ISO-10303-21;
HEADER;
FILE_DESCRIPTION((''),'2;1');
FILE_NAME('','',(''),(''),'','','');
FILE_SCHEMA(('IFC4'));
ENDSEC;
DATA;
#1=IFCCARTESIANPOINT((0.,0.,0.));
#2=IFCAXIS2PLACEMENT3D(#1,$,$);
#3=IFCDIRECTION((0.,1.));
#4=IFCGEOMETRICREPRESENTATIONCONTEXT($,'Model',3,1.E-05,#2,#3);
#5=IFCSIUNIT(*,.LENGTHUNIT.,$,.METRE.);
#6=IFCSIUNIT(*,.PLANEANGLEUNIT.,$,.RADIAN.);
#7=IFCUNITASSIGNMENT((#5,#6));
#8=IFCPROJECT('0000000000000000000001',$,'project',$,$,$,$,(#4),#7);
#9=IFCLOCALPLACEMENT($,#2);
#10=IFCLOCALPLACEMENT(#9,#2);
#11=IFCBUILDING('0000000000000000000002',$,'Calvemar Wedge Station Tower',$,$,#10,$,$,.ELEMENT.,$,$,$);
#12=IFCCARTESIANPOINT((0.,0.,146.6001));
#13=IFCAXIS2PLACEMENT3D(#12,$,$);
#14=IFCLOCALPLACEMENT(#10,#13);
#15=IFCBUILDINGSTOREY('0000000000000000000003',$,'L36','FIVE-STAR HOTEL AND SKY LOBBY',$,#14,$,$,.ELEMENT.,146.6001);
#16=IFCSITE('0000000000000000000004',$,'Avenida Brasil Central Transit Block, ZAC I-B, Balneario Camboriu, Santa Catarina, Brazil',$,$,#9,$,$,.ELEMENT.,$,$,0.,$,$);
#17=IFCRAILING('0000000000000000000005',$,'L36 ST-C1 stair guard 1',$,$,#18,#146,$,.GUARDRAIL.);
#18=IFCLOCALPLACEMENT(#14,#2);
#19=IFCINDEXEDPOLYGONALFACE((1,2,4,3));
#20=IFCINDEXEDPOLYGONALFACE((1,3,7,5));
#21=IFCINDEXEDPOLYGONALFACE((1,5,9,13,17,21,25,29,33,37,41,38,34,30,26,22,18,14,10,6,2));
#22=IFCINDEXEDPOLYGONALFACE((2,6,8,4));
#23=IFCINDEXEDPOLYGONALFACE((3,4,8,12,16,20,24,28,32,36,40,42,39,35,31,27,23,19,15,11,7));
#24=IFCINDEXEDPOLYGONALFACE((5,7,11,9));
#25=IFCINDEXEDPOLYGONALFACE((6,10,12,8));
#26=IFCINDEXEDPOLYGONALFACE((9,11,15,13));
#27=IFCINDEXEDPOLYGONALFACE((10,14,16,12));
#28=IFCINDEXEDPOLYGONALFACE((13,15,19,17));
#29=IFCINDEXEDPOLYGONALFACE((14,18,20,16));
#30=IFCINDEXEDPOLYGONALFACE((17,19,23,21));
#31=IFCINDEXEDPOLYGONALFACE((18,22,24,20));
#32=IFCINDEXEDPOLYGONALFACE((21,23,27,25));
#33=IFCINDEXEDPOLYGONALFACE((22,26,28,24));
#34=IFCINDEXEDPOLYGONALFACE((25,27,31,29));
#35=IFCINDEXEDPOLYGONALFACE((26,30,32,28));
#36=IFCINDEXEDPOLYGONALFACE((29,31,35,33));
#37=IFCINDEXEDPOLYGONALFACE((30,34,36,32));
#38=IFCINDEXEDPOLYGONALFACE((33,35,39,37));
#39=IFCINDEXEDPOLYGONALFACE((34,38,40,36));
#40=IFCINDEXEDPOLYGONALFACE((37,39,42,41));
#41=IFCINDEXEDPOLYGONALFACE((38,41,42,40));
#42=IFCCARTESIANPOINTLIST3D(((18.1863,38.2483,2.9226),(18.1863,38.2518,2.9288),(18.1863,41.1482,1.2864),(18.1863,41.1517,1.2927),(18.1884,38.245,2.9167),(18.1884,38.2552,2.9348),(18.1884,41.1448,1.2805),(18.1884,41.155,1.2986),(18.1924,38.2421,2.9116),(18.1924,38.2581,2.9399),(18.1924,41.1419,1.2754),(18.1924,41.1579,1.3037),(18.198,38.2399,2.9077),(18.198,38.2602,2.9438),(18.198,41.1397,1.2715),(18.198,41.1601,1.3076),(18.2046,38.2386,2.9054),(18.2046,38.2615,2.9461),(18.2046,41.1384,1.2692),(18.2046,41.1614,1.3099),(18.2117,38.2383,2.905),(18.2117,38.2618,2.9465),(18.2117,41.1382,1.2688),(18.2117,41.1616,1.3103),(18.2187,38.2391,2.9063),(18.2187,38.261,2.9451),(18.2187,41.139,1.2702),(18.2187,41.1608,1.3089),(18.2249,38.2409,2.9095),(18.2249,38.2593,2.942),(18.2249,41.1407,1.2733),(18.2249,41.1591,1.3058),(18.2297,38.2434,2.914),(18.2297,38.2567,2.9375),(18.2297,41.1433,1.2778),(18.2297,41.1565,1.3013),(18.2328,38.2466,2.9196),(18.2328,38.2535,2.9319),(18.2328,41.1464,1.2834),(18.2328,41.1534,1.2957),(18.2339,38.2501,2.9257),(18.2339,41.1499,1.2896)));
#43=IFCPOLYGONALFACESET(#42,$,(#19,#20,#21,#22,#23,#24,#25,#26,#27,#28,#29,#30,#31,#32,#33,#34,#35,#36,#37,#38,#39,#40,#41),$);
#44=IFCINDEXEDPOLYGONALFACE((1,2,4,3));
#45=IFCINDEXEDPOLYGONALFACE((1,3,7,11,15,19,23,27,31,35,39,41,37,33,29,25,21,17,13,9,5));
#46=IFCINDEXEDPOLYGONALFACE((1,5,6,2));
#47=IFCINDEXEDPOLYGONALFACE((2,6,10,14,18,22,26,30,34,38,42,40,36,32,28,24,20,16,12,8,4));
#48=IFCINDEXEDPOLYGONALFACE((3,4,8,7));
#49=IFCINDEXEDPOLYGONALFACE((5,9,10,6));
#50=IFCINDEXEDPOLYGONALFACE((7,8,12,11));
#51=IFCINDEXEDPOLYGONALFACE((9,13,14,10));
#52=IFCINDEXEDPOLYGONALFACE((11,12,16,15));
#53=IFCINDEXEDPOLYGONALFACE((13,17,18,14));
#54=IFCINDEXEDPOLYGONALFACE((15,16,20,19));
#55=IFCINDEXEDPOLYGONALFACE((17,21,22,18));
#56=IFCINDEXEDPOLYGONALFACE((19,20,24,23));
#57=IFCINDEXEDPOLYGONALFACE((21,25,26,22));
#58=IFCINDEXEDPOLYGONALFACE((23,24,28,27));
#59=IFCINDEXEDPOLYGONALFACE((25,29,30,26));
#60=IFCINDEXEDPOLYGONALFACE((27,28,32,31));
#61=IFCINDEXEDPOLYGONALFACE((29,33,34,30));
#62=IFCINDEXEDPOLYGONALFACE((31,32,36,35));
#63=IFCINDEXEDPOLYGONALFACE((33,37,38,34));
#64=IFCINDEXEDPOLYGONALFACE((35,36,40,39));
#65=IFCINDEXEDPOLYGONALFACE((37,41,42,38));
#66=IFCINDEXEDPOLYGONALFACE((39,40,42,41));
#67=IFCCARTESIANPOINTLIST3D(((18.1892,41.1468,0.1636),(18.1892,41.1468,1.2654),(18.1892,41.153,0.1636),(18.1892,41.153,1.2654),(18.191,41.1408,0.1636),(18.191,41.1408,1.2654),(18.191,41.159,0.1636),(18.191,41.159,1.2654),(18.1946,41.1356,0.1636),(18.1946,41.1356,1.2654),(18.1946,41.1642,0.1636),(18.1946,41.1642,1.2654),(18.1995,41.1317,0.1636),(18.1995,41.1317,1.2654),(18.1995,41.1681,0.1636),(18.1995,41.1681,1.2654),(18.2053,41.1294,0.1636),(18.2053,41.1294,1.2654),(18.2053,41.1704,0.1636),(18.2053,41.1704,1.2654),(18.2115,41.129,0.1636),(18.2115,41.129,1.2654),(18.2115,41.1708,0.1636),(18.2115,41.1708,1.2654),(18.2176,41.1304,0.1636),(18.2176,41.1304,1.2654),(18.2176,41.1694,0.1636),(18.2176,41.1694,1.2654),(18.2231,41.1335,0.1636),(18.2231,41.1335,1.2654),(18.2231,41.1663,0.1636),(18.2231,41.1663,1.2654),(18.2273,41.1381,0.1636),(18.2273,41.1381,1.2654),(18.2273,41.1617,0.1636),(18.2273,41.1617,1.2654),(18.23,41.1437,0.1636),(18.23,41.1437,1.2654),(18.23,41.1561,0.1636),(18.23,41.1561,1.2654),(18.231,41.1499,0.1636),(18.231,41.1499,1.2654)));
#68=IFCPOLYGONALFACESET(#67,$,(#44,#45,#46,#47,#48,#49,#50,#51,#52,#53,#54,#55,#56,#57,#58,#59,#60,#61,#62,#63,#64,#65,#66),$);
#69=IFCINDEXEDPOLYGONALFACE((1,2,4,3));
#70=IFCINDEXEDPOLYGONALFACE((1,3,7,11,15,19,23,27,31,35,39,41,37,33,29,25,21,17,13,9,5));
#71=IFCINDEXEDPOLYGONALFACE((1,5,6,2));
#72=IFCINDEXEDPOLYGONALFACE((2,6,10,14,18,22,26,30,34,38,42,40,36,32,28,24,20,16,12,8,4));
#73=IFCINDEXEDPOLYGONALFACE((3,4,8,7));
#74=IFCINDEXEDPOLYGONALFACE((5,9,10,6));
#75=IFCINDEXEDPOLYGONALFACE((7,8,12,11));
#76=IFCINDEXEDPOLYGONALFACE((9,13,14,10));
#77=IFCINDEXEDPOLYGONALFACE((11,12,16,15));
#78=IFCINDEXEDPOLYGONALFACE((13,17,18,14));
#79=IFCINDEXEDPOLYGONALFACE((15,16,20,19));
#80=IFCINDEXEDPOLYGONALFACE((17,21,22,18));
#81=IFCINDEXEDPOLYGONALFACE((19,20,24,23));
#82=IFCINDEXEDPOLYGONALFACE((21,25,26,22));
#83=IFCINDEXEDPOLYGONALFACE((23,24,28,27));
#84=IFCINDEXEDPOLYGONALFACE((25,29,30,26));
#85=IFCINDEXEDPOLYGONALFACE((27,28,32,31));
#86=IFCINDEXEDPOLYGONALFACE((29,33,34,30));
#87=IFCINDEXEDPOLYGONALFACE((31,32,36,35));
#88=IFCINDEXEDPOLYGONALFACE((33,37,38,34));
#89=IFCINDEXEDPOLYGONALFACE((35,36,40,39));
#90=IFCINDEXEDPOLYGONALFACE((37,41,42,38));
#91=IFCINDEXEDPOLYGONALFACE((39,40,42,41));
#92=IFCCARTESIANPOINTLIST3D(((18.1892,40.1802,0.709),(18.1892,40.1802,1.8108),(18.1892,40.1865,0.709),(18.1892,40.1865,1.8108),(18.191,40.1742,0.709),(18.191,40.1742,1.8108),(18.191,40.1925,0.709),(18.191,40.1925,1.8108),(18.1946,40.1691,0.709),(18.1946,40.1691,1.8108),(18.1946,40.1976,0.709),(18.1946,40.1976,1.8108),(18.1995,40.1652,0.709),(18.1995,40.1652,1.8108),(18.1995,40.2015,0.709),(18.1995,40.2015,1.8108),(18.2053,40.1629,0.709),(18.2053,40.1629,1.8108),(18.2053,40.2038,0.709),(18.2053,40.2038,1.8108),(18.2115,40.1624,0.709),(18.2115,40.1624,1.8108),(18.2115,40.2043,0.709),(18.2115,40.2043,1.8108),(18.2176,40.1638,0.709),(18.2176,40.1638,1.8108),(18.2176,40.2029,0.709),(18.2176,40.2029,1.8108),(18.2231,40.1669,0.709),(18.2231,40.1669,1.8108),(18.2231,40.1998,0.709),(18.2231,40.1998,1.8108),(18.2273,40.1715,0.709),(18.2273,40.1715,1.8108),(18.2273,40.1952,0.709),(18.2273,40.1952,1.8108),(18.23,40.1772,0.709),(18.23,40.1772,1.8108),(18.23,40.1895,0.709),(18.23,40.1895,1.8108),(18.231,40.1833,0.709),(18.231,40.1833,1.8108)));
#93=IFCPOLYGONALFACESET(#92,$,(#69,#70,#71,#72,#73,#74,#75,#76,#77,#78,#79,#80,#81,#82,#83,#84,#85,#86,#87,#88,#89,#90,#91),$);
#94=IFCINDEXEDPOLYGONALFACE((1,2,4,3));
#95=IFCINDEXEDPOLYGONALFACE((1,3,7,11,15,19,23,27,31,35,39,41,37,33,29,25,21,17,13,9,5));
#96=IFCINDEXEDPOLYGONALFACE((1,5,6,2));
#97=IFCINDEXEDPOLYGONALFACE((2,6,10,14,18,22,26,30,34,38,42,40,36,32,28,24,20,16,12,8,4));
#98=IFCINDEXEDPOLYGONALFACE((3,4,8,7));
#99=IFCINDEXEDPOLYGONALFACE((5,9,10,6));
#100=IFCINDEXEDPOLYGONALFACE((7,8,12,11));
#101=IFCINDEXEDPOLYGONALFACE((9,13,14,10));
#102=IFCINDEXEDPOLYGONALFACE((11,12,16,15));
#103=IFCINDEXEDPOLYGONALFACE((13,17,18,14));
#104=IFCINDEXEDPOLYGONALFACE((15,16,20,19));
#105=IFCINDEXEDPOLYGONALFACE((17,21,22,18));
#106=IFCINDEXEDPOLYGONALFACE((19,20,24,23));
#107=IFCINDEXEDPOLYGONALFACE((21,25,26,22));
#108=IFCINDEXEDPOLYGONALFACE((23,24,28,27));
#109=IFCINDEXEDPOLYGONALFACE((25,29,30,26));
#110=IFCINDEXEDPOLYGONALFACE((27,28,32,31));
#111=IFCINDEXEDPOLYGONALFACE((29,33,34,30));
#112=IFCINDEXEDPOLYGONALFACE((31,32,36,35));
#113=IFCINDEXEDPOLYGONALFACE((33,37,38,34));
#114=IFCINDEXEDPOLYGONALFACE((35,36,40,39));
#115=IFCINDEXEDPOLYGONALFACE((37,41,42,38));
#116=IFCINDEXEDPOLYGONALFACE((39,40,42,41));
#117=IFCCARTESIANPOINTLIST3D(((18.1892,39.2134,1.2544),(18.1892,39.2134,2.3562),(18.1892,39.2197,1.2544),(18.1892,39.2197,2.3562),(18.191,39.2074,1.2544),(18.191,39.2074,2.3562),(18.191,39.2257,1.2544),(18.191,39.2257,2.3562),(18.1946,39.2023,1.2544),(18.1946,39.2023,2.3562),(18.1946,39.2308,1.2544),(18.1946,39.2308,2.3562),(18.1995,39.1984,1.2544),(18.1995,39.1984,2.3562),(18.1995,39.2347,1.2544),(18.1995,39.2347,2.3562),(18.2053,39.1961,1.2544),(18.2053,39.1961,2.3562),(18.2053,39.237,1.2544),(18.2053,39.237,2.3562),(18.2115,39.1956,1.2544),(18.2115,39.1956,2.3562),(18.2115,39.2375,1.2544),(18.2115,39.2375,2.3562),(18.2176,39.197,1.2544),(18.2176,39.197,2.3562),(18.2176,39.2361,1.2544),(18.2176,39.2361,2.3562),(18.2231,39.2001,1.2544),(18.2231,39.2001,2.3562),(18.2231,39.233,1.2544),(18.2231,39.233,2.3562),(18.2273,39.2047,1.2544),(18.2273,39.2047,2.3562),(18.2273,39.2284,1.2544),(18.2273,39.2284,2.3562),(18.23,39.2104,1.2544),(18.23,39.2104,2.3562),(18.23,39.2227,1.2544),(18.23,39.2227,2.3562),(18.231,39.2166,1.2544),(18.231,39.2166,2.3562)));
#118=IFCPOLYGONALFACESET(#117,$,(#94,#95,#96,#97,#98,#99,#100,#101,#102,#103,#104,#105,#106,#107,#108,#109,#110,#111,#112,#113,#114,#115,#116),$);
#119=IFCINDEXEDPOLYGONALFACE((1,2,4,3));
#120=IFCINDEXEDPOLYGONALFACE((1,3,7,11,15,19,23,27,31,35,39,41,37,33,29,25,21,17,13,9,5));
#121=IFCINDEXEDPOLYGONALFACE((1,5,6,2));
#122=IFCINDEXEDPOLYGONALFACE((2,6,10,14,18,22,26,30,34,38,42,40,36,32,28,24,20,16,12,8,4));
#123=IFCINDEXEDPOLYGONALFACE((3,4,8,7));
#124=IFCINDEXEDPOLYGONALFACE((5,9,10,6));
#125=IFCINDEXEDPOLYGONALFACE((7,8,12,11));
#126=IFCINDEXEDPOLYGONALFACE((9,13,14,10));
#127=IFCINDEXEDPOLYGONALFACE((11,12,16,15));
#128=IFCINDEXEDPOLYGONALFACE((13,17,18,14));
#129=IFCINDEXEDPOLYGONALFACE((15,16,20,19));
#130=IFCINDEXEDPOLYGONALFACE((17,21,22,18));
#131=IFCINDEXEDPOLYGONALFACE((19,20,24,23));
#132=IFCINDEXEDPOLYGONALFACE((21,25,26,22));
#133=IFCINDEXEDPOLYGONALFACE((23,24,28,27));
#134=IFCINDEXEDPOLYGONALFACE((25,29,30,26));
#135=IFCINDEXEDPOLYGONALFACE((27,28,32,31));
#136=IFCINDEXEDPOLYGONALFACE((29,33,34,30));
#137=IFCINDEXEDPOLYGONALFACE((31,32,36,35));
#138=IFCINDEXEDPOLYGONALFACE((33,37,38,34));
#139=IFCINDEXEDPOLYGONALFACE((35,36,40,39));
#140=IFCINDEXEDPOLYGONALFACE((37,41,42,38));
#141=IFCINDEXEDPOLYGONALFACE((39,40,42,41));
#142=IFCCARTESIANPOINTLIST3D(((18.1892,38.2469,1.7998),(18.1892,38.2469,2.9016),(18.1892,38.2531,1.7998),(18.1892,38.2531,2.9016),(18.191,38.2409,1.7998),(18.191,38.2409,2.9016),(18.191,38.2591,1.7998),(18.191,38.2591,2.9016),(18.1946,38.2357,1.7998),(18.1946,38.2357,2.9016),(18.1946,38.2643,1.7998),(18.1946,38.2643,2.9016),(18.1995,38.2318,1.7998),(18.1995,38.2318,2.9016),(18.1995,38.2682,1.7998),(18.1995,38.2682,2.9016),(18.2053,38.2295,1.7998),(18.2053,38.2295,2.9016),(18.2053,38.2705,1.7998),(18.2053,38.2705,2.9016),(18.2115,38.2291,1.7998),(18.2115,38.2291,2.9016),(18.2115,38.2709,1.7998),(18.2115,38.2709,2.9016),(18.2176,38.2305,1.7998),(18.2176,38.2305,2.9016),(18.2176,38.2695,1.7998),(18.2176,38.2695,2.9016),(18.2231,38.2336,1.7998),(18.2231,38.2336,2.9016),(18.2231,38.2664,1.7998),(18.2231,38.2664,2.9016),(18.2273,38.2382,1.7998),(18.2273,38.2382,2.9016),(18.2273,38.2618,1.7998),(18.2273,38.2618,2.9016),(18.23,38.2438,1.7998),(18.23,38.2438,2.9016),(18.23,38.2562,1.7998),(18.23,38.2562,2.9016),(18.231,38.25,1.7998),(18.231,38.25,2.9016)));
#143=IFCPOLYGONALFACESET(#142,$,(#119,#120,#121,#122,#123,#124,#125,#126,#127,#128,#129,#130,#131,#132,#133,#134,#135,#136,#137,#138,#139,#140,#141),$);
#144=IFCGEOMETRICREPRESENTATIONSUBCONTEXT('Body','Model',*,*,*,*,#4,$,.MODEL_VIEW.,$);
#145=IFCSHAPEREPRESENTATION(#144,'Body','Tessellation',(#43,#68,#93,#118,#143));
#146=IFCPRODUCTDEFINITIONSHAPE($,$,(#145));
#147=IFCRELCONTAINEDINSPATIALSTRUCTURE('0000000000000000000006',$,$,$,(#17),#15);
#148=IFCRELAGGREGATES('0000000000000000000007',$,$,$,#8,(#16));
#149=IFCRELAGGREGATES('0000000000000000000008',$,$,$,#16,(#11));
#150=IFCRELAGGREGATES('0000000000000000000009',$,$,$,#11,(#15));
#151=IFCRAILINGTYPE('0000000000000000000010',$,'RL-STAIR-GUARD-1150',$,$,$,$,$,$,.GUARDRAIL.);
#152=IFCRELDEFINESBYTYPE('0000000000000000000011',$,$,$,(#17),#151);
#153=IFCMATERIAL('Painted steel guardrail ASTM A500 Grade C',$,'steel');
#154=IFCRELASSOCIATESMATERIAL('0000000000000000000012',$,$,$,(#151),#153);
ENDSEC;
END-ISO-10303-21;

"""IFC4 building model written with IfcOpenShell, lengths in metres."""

from ifc_helpers import new_model, si_unit, direction, frame, origin, origin_2d, place, context, subcontext, project, spatial, circle, extrude, material, type_object, element, save


model = new_model("IFC4")

# Units and contexts
model_context = context("Model", 3, precision=1e-05, world=origin(), true_north=direction((0.0, 1.0)))
body_context = subcontext(model_context, "Body", "Model", "MODEL_VIEW")
ifc_project = project(units=[si_unit("LENGTHUNIT", "METRE"), si_unit("PLANEANGLEUNIT", "RADIAN")], contexts=[model_context])

# Site, building, storey
site_placement = place(None, origin())
site = spatial("IfcSite", under=ifc_project, at=site_placement, Name="Avenida Brasil Central Transit Block, ZAC I-B, Balneario Camboriu, Santa Catarina, Brazil", CompositionType="ELEMENT", RefElevation=0.0)
building_placement = place(site_placement, origin())
building = spatial("IfcBuilding", under=site, at=building_placement, Name="Calvemar Wedge Station Tower", CompositionType="ELEMENT")
storey_placement = place(building_placement, frame((0.0, 0.0, 146.6001)))
storey = spatial("IfcBuildingStorey", under=building, at=storey_placement, Name="L36", Description="FIVE-STAR HOTEL AND SKY LOBBY", CompositionType="ELEMENT", Elevation=146.6001)

# Railing
ifc_material_1 = material(Name="Painted steel guardrail ASTM A500 Grade C", Category="steel")
railing_type_1 = type_object("IfcRailingType", Name="RL-STAIR-GUARD-1150", PredefinedType="GUARDRAIL", material=ifc_material_1)
railing_1_placement = place(storey_placement, frame((18.21, 41.1499, 0.1636)))
element("IfcRailing", 1, at=railing_1_placement, inside=storey, type_object=railing_type_1, Name="L36 ST-C1 stair guard 1", PredefinedType="GUARDRAIL", context=body_context, shape_type="SweptSolid", body=[
    extrude(circle(Radius=0.0239, at=origin_2d()), frame((0.0, 0.0, 1.126), z_axis=(0.0, -0.870929, 0.49141), x_axis=(1.0, 0.0, 0.0)), (0.0, 0.0, 1.0), 3.3296),
    extrude(circle(Radius=0.021, at=origin_2d()), origin(), (0.0, 0.0, 1.0), 1.1018),
    extrude(circle(Radius=0.021, at=origin_2d()), frame((0.0, -0.9666, 0.5454)), (0.0, 0.0, 1.0), 1.1018),
    extrude(circle(Radius=0.021, at=origin_2d()), frame((0.0, -1.9333, 1.0908)), (0.0, 0.0, 1.0), 1.1018),
    extrude(circle(Radius=0.021, at=origin_2d()), frame((0.0, -2.8999, 1.6362)), (0.0, 0.0, 1.0), 1.1018),
])

save(model, "model.ifc")
